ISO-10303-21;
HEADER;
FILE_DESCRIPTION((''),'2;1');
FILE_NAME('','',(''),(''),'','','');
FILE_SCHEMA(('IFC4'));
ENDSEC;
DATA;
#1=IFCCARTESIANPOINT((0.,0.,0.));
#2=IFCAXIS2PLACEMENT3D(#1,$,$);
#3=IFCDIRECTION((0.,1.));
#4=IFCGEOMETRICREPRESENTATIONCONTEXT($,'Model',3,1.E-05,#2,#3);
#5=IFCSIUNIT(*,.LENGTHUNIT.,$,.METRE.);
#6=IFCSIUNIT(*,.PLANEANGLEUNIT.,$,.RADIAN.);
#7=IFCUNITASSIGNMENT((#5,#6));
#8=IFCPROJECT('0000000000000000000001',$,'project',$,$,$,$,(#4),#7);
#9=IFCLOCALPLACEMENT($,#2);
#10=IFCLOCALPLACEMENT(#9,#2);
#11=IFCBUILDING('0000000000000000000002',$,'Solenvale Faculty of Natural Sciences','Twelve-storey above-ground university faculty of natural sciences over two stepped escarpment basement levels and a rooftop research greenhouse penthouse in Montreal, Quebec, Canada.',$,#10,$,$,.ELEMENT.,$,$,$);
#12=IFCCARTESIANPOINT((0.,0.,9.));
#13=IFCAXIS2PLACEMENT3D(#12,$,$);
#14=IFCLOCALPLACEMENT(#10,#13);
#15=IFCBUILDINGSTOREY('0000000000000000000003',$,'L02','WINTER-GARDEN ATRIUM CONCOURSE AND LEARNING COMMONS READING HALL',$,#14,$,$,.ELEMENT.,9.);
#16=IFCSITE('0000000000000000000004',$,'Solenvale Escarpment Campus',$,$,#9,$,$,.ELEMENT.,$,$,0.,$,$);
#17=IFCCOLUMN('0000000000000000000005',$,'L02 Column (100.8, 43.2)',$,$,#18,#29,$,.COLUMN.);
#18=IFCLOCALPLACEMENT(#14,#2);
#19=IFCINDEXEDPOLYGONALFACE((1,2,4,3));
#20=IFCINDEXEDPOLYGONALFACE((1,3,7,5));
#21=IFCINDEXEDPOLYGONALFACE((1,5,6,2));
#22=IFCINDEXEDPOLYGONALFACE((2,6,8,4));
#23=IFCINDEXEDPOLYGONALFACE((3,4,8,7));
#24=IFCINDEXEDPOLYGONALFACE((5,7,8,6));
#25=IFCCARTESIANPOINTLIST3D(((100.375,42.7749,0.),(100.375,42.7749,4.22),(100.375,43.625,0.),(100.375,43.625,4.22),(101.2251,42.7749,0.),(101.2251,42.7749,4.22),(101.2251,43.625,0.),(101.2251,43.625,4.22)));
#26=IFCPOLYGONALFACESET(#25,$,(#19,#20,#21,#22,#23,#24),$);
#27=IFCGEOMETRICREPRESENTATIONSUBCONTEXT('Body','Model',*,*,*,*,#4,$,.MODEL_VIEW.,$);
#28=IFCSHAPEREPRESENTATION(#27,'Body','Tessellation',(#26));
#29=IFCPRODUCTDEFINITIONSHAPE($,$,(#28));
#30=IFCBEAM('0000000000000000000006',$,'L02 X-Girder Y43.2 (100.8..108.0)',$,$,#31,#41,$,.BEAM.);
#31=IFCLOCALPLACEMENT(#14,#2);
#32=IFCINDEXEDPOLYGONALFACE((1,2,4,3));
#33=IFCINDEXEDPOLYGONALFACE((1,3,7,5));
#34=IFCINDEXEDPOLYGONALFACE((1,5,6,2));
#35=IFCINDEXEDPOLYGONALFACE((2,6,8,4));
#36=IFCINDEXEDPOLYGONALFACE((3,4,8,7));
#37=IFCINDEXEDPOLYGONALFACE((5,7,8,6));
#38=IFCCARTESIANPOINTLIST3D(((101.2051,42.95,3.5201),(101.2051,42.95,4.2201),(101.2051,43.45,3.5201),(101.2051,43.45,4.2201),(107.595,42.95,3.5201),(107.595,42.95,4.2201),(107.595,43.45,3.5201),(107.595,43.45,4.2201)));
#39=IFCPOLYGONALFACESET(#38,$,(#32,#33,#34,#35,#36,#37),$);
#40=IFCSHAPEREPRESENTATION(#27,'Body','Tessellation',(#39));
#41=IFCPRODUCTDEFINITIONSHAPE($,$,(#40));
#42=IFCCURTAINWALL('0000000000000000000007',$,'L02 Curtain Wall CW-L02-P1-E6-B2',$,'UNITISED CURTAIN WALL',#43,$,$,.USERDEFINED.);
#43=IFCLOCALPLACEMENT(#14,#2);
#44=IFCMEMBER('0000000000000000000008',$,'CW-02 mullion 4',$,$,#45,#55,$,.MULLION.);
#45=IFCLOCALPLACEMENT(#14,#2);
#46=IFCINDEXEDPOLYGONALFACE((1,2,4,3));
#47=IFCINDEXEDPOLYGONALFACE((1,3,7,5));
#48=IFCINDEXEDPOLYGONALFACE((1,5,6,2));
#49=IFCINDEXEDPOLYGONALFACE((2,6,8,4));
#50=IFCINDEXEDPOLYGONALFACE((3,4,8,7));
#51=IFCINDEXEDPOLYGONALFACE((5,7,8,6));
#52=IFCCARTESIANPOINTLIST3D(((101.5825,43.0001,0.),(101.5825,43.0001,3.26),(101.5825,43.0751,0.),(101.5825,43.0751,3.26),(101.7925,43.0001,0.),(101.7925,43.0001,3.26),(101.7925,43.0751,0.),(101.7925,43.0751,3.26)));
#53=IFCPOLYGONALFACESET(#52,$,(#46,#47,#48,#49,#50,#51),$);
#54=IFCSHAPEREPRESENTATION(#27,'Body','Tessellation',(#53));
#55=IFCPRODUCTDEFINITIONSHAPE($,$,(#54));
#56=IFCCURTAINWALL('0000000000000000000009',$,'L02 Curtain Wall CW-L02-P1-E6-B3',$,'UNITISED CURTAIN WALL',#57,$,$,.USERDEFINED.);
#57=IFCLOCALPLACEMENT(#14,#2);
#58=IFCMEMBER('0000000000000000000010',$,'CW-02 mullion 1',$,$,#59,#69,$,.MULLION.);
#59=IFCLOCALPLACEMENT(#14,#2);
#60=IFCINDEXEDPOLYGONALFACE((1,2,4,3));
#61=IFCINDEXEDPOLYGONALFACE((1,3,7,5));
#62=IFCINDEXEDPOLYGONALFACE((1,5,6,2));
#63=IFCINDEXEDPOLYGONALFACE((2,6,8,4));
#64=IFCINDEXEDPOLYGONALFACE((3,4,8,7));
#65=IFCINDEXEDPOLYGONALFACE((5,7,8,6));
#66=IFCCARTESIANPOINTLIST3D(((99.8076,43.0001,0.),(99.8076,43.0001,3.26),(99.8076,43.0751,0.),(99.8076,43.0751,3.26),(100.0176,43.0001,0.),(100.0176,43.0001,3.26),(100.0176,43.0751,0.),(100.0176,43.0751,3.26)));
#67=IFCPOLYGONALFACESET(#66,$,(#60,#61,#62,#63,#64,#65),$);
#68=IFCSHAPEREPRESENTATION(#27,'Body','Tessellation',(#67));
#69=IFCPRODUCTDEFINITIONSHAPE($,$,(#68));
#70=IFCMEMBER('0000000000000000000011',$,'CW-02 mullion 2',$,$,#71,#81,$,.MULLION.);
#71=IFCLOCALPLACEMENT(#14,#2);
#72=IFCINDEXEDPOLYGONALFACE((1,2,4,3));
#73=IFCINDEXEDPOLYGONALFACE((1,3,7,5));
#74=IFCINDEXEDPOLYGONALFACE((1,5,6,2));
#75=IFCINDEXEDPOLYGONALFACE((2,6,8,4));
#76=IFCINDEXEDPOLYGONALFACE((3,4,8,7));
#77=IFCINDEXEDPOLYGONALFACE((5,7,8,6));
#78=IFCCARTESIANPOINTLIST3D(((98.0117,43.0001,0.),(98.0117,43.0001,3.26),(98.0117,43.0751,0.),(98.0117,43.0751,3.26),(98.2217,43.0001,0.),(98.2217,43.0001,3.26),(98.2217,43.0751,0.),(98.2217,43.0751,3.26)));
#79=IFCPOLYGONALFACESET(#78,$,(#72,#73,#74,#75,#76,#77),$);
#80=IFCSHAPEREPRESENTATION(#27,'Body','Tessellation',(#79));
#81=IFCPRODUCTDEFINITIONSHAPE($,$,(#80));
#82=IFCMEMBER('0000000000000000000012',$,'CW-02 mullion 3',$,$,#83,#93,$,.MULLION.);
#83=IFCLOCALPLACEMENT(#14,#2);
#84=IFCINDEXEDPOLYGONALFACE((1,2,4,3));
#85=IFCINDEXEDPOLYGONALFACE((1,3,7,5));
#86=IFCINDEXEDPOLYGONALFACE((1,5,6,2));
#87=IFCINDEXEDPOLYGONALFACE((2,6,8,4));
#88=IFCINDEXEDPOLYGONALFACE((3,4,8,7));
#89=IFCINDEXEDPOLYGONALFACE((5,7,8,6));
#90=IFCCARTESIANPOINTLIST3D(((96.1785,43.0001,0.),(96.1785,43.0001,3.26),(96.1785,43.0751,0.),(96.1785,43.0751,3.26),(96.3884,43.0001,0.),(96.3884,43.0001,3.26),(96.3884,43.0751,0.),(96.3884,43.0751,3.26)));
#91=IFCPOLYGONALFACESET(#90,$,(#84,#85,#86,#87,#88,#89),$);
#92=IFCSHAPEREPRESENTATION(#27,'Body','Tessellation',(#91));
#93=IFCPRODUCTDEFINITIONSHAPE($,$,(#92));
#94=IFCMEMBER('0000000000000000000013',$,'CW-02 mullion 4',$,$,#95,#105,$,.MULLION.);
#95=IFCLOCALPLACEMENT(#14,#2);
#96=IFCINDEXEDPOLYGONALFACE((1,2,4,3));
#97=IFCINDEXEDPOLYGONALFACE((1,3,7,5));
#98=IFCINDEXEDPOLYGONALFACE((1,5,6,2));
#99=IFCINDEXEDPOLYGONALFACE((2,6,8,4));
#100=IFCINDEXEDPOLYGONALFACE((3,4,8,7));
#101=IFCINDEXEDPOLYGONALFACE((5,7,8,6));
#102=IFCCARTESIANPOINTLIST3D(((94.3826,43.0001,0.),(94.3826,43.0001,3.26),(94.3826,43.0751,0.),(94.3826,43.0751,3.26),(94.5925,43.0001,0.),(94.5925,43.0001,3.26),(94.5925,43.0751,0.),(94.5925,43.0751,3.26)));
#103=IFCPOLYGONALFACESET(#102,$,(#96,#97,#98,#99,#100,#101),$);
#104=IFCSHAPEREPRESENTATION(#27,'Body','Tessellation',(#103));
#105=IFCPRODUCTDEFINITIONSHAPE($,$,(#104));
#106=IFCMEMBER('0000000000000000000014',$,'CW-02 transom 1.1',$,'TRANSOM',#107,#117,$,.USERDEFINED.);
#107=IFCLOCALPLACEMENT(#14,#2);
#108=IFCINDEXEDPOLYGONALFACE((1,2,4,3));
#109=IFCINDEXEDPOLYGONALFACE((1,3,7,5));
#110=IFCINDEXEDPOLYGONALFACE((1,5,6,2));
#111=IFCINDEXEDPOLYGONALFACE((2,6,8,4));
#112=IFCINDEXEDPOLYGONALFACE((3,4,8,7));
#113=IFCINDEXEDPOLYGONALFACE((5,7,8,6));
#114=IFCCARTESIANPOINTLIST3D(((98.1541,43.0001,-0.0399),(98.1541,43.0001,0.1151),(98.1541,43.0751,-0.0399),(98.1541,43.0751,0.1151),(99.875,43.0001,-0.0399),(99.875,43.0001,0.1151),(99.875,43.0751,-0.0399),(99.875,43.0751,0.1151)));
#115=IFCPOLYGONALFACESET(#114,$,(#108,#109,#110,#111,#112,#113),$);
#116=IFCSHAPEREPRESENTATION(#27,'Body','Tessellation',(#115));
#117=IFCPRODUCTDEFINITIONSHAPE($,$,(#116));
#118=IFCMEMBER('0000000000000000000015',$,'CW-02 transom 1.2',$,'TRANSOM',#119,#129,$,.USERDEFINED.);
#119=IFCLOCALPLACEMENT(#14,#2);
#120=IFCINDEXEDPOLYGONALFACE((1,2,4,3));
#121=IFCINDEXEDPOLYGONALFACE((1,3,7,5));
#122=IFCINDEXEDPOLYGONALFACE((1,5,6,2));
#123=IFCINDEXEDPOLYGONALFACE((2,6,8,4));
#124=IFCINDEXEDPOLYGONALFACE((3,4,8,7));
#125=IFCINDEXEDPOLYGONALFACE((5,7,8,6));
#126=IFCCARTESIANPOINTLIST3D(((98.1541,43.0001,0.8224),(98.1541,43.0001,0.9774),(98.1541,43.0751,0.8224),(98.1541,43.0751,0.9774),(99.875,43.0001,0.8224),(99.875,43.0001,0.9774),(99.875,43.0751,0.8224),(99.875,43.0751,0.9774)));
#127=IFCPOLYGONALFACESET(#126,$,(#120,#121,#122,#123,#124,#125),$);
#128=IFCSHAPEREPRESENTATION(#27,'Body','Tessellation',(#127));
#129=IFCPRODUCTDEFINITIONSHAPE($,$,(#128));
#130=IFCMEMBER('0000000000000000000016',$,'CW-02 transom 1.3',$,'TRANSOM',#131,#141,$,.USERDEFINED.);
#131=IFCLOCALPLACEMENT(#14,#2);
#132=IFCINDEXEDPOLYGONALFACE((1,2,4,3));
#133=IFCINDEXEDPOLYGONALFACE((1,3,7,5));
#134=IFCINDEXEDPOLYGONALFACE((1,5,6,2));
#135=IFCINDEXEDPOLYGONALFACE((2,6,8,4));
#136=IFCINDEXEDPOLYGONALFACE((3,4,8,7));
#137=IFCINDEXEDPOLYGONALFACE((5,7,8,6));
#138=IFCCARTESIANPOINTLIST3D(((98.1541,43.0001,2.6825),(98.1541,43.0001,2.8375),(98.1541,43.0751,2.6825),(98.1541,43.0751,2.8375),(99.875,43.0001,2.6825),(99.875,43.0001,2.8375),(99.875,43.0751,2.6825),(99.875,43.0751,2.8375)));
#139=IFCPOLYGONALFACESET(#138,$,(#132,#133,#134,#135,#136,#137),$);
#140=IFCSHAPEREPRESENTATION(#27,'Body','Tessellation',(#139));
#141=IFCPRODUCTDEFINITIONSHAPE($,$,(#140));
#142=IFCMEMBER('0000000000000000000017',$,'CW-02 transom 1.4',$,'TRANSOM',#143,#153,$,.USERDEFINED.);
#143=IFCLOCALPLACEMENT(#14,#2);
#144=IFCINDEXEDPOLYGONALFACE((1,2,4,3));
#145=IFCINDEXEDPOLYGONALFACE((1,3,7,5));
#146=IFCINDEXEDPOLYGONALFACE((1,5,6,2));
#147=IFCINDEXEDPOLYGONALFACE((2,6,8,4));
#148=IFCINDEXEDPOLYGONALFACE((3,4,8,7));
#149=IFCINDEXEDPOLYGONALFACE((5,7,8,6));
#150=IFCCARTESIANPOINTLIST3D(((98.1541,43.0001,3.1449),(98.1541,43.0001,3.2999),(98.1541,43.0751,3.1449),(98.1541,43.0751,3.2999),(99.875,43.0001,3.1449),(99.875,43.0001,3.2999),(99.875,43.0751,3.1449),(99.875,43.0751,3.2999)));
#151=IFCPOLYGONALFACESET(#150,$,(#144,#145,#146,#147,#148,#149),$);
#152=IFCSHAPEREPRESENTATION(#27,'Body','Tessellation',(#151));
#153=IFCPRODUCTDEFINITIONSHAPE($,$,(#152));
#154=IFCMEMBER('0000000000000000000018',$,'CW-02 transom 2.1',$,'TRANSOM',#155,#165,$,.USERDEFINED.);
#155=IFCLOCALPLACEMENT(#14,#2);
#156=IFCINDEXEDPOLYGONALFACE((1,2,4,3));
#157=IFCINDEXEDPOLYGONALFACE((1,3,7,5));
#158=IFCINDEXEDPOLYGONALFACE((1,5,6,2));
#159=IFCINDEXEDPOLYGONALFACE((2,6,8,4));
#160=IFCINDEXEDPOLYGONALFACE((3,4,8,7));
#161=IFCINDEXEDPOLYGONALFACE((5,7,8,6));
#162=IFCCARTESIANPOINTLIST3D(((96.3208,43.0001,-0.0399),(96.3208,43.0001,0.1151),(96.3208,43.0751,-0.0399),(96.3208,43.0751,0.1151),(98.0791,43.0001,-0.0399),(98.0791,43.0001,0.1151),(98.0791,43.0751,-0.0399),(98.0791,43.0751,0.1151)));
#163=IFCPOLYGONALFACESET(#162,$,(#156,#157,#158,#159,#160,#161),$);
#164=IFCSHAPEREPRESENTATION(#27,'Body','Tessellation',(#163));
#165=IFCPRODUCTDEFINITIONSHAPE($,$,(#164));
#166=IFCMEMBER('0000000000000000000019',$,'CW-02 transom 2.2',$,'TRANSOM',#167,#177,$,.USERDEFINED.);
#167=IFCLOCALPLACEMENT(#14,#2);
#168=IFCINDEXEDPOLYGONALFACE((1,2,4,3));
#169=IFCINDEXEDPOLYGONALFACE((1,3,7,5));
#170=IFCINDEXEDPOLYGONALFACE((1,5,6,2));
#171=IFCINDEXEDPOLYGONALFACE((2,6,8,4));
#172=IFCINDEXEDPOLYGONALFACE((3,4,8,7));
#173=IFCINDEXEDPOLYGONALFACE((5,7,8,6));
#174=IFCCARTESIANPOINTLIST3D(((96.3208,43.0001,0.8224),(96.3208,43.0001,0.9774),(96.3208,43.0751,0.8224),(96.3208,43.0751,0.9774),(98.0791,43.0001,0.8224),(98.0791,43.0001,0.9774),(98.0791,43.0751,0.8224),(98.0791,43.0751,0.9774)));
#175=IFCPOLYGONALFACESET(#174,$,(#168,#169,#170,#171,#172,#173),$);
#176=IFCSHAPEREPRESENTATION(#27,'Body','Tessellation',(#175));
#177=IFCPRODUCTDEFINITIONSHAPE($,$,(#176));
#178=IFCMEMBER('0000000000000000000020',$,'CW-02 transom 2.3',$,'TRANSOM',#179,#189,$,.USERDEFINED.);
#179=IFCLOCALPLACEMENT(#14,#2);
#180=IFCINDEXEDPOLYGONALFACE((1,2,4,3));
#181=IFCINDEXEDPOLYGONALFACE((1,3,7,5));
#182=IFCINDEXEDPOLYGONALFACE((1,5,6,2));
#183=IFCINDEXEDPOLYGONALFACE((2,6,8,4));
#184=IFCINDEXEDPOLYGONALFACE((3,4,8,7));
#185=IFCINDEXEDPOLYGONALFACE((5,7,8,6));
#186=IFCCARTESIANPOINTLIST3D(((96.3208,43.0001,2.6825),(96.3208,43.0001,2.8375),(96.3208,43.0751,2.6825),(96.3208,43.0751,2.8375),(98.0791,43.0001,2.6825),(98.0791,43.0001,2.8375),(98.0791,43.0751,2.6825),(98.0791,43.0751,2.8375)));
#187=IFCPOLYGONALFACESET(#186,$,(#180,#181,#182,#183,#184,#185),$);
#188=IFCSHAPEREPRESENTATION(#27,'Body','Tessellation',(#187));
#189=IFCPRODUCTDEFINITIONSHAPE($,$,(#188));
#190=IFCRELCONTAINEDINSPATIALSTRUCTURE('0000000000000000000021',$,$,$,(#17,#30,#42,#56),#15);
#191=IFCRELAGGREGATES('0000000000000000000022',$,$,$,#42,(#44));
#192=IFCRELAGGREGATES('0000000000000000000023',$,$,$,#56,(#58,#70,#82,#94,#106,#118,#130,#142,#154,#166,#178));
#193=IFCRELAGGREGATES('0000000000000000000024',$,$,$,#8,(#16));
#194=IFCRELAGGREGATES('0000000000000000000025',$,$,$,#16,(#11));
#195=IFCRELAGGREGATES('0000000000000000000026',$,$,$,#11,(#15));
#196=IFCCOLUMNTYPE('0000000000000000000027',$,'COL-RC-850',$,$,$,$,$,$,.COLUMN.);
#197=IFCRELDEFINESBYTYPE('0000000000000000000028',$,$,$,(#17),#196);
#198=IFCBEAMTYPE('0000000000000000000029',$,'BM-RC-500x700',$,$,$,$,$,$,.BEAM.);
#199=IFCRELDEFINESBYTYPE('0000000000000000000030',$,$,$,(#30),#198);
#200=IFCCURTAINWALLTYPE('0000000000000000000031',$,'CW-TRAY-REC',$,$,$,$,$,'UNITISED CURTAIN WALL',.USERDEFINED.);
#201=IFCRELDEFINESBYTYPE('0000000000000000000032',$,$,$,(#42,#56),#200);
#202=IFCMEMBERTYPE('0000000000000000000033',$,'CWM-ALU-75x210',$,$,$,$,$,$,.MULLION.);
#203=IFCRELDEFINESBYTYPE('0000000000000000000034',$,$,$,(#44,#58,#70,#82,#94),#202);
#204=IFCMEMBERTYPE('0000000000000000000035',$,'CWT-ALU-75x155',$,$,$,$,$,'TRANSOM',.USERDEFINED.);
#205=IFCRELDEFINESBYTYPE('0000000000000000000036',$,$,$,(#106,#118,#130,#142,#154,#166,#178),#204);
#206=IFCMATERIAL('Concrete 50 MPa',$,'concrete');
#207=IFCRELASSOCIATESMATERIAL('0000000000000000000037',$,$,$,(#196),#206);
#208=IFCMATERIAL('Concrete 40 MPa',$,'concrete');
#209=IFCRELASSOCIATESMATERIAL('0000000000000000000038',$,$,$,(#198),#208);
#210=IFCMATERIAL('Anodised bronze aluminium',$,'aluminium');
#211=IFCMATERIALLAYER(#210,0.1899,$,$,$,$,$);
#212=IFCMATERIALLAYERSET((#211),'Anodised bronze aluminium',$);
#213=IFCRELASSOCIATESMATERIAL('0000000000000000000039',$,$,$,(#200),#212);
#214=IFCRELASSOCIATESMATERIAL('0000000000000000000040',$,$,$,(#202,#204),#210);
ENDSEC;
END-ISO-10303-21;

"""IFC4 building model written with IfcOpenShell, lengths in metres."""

from ifc_helpers import new_model, si_unit, direction, frame, origin, origin_2d, place, context, subcontext, project, spatial, rectangle, extrude, material, layer, layer_set, material_profile, profile_set, type_object, element, aggregate, save


model = new_model("IFC4")

# Units and contexts
model_context = context("Model", 3, precision=1e-05, world=origin(), true_north=direction((0.0, 1.0)))
body_context = subcontext(model_context, "Body", "Model", "MODEL_VIEW")
ifc_project = project(units=[si_unit("LENGTHUNIT", "METRE"), si_unit("PLANEANGLEUNIT", "RADIAN")], contexts=[model_context])

# Site, building, storey
site_placement = place(None, origin())
site = spatial("IfcSite", under=ifc_project, at=site_placement, Name="Solenvale Escarpment Campus", CompositionType="ELEMENT", RefElevation=0.0)
building_placement = place(site_placement, origin())
building = spatial("IfcBuilding", under=site, at=building_placement, Name="Solenvale Faculty of Natural Sciences", Description="Twelve-storey above-ground university faculty of natural sciences over two stepped escarpment basement levels and a rooftop research greenhouse penthouse in Montreal, Quebec, Canada.", CompositionType="ELEMENT")
storey_placement = place(building_placement, frame((0.0, 0.0, 9.0)))
storey = spatial("IfcBuildingStorey", under=building, at=storey_placement, Name="L02", Description="WINTER-GARDEN ATRIUM CONCOURSE AND LEARNING COMMONS READING HALL", CompositionType="ELEMENT", Elevation=9.0)

# Column
ifc_material_1 = material(Name="Concrete 50 MPa", Category="concrete")
ifc_material_profile_1 = material_profile(ifc_material_1, rectangle(XDim=0.8501, YDim=0.8501, at=origin_2d()), Name="RC-COL-850x850")
ifc_profile_set_1 = profile_set([ifc_material_profile_1], Name="Concrete 50 MPa")
column_type = type_object("IfcColumnType", Name="COL-RC-850", PredefinedType="COLUMN", material=ifc_profile_set_1)
column_placement = place(storey_placement, frame((100.8, 43.2, 0.0), z_axis=(0.0, 0.0, 1.0), x_axis=(1.0, 0.0, 0.0)))
element("IfcColumn", 1, at=column_placement, inside=storey, type_object=column_type, Name="L02 Column (100.8, 43.2)", PredefinedType="COLUMN", context=body_context, shape_type="SweptSolid", body=[
    extrude(rectangle(XDim=0.8501, YDim=0.8501, at=origin_2d()), origin(), (0.0, 0.0, 1.0), 4.22),
])

# Beam
ifc_material_2 = material(Name="Concrete 40 MPa", Category="concrete")
ifc_material_profile_2 = material_profile(ifc_material_2, rectangle(XDim=0.5, YDim=0.7, at=origin_2d()), Name="RC-BM-500x700")
ifc_profile_set_2 = profile_set([ifc_material_profile_2], Name="Concrete 40 MPa")
beam_type = type_object("IfcBeamType", Name="BM-RC-500x700", PredefinedType="BEAM", material=ifc_profile_set_2)
beam_placement = place(storey_placement, frame((101.2051, 43.2, 3.8701), z_axis=(1.0, 0.0, 0.0), x_axis=(0.0, 1.0, 0.0)))
element("IfcBeam", 2, at=beam_placement, inside=storey, type_object=beam_type, Name="L02 X-Girder Y43.2 (100.8..108.0)", PredefinedType="BEAM", context=body_context, shape_type="SweptSolid", body=[
    extrude(rectangle(XDim=0.5, YDim=0.7, at=origin_2d()), origin(), (0.0, 0.0, 1.0), 6.3899),
])

# Curtain wall, member
ifc_material_3 = material(Name="Anodised bronze aluminium", Category="aluminium")
ifc_layer_1 = layer(ifc_material_3, 0.1899)
ifc_layer_set_1 = layer_set([ifc_layer_1], Name="Anodised bronze aluminium")
curtain_wall_type = type_object("IfcCurtainWallType", Name="CW-TRAY-REC", ElementType="UNITISED CURTAIN WALL", PredefinedType="USERDEFINED", material=ifc_layer_set_1)
curtain_wall_1_placement = place(storey_placement, origin())
curtain_wall_1 = element("IfcCurtainWall", 3, at=curtain_wall_1_placement, inside=storey, type_object=curtain_wall_type, Name="L02 Curtain Wall CW-L02-P1-E6-B2", ObjectType="UNITISED CURTAIN WALL", PredefinedType="USERDEFINED")
ifc_material_profile_3 = material_profile(ifc_material_3, rectangle(XDim=0.075, YDim=0.21, at=origin_2d()), Name="ALU-MUL-75x210")
ifc_profile_set_3 = profile_set([ifc_material_profile_3], Name="Anodised bronze aluminium")
member_type_1 = type_object("IfcMemberType", Name="CWM-ALU-75x210", PredefinedType="MULLION", material=ifc_profile_set_3)
member_1_placement = place(storey_placement, frame((101.6875, 43.0376, 0.0), z_axis=(0.0, 0.0, 1.0), x_axis=(0.0, -1.0, 0.0)))
member_1 = element("IfcMember", 4, at=member_1_placement, type_object=member_type_1, Name="CW-02 mullion 4", PredefinedType="MULLION", context=body_context, shape_type="SweptSolid", body=[
    extrude(rectangle(XDim=0.075, YDim=0.21, at=origin_2d()), origin(), (0.0, 0.0, 1.0), 3.26),
])

# Curtain wall, members
curtain_wall_2_placement = place(storey_placement, origin())
curtain_wall_2 = element("IfcCurtainWall", 5, at=curtain_wall_2_placement, inside=storey, type_object=curtain_wall_type, Name="L02 Curtain Wall CW-L02-P1-E6-B3", ObjectType="UNITISED CURTAIN WALL", PredefinedType="USERDEFINED")
member_2_placement = place(storey_placement, frame((99.9126, 43.0376, 0.0), z_axis=(0.0, 0.0, 1.0), x_axis=(0.0, -1.0, 0.0)))
member_2 = element("IfcMember", 6, at=member_2_placement, type_object=member_type_1, Name="CW-02 mullion 1", PredefinedType="MULLION", context=body_context, shape_type="SweptSolid", body=[
    extrude(rectangle(XDim=0.075, YDim=0.21, at=origin_2d()), origin(), (0.0, 0.0, 1.0), 3.26),
])
member_3_placement = place(storey_placement, frame((98.1167, 43.0376, 0.0), z_axis=(0.0, 0.0, 1.0), x_axis=(0.0, -1.0, 0.0)))
member_3 = element("IfcMember", 7, at=member_3_placement, type_object=member_type_1, Name="CW-02 mullion 2", PredefinedType="MULLION", context=body_context, shape_type="SweptSolid", body=[
    extrude(rectangle(XDim=0.075, YDim=0.21, at=origin_2d()), origin(), (0.0, 0.0, 1.0), 3.26),
])
member_4_placement = place(storey_placement, frame((96.2834, 43.0376, 0.0), z_axis=(0.0, 0.0, 1.0), x_axis=(0.0, -1.0, 0.0)))
member_4 = element("IfcMember", 8, at=member_4_placement, type_object=member_type_1, Name="CW-02 mullion 3", PredefinedType="MULLION", context=body_context, shape_type="SweptSolid", body=[
    extrude(rectangle(XDim=0.075, YDim=0.21, at=origin_2d()), origin(), (0.0, 0.0, 1.0), 3.26),
])
member_5_placement = place(storey_placement, frame((94.4875, 43.0376, 0.0), z_axis=(0.0, 0.0, 1.0), x_axis=(0.0, -1.0, 0.0)))
member_5 = element("IfcMember", 9, at=member_5_placement, type_object=member_type_1, Name="CW-02 mullion 4", PredefinedType="MULLION", context=body_context, shape_type="SweptSolid", body=[
    extrude(rectangle(XDim=0.075, YDim=0.21, at=origin_2d()), origin(), (0.0, 0.0, 1.0), 3.26),
])
ifc_material_profile_4 = material_profile(ifc_material_3, rectangle(XDim=0.075, YDim=0.155, at=origin_2d()), Name="ALU-TRN-75x155")
ifc_profile_set_4 = profile_set([ifc_material_profile_4], Name="Anodised bronze aluminium")
member_type_2 = type_object("IfcMemberType", Name="CWT-ALU-75x155", ElementType="TRANSOM", PredefinedType="USERDEFINED", material=ifc_profile_set_4)
member_6_placement = place(storey_placement, frame((99.875, 43.0376, 0.0376), z_axis=(-1.0, 0.0, 0.0), x_axis=(0.0, -1.0, 0.0)))
member_6 = element("IfcMember", 10, at=member_6_placement, type_object=member_type_2, Name="CW-02 transom 1.1", ObjectType="TRANSOM", PredefinedType="USERDEFINED", context=body_context, shape_type="SweptSolid", body=[
    extrude(rectangle(XDim=0.075, YDim=0.155, at=origin_2d()), origin(), (0.0, 0.0, 1.0), 1.7209),
])
member_7_placement = place(storey_placement, frame((99.875, 43.0376, 0.8999), z_axis=(-1.0, 0.0, 0.0), x_axis=(0.0, -1.0, 0.0)))
member_7 = element("IfcMember", 11, at=member_7_placement, type_object=member_type_2, Name="CW-02 transom 1.2", ObjectType="TRANSOM", PredefinedType="USERDEFINED", context=body_context, shape_type="SweptSolid", body=[
    extrude(rectangle(XDim=0.075, YDim=0.155, at=origin_2d()), origin(), (0.0, 0.0, 1.0), 1.7209),
])
member_8_placement = place(storey_placement, frame((99.875, 43.0376, 2.76), z_axis=(-1.0, 0.0, 0.0), x_axis=(0.0, -1.0, 0.0)))
member_8 = element("IfcMember", 12, at=member_8_placement, type_object=member_type_2, Name="CW-02 transom 1.3", ObjectType="TRANSOM", PredefinedType="USERDEFINED", context=body_context, shape_type="SweptSolid", body=[
    extrude(rectangle(XDim=0.075, YDim=0.155, at=origin_2d()), origin(), (0.0, 0.0, 1.0), 1.7209),
])
member_9_placement = place(storey_placement, frame((99.875, 43.0376, 3.2224), z_axis=(-1.0, 0.0, 0.0), x_axis=(0.0, -1.0, 0.0)))
member_9 = element("IfcMember", 13, at=member_9_placement, type_object=member_type_2, Name="CW-02 transom 1.4", ObjectType="TRANSOM", PredefinedType="USERDEFINED", context=body_context, shape_type="SweptSolid", body=[
    extrude(rectangle(XDim=0.075, YDim=0.155, at=origin_2d()), origin(), (0.0, 0.0, 1.0), 1.7209),
])
member_10_placement = place(storey_placement, frame((98.0791, 43.0376, 0.0376), z_axis=(-1.0, 0.0, 0.0), x_axis=(0.0, -1.0, 0.0)))
member_10 = element("IfcMember", 14, at=member_10_placement, type_object=member_type_2, Name="CW-02 transom 2.1", ObjectType="TRANSOM", PredefinedType="USERDEFINED", context=body_context, shape_type="SweptSolid", body=[
    extrude(rectangle(XDim=0.075, YDim=0.155, at=origin_2d()), origin(), (0.0, 0.0, 1.0), 1.7583),
])
member_11_placement = place(storey_placement, frame((98.0791, 43.0376, 0.8999), z_axis=(-1.0, 0.0, 0.0), x_axis=(0.0, -1.0, 0.0)))
member_11 = element("IfcMember", 15, at=member_11_placement, type_object=member_type_2, Name="CW-02 transom 2.2", ObjectType="TRANSOM", PredefinedType="USERDEFINED", context=body_context, shape_type="SweptSolid", body=[
    extrude(rectangle(XDim=0.075, YDim=0.155, at=origin_2d()), origin(), (0.0, 0.0, 1.0), 1.7583),
])
member_12_placement = place(storey_placement, frame((98.0791, 43.0376, 2.76), z_axis=(-1.0, 0.0, 0.0), x_axis=(0.0, -1.0, 0.0)))
member_12 = element("IfcMember", 16, at=member_12_placement, type_object=member_type_2, Name="CW-02 transom 2.3", ObjectType="TRANSOM", PredefinedType="USERDEFINED", context=body_context, shape_type="SweptSolid", body=[
    extrude(rectangle(XDim=0.075, YDim=0.155, at=origin_2d()), origin(), (0.0, 0.0, 1.0), 1.7583),
])

aggregate(curtain_wall_1, [member_1])
aggregate(curtain_wall_2, [member_2, member_3, member_4, member_5, member_6, member_7, member_8, member_9, member_10, member_11, member_12])

save(model, "model.ifc")
